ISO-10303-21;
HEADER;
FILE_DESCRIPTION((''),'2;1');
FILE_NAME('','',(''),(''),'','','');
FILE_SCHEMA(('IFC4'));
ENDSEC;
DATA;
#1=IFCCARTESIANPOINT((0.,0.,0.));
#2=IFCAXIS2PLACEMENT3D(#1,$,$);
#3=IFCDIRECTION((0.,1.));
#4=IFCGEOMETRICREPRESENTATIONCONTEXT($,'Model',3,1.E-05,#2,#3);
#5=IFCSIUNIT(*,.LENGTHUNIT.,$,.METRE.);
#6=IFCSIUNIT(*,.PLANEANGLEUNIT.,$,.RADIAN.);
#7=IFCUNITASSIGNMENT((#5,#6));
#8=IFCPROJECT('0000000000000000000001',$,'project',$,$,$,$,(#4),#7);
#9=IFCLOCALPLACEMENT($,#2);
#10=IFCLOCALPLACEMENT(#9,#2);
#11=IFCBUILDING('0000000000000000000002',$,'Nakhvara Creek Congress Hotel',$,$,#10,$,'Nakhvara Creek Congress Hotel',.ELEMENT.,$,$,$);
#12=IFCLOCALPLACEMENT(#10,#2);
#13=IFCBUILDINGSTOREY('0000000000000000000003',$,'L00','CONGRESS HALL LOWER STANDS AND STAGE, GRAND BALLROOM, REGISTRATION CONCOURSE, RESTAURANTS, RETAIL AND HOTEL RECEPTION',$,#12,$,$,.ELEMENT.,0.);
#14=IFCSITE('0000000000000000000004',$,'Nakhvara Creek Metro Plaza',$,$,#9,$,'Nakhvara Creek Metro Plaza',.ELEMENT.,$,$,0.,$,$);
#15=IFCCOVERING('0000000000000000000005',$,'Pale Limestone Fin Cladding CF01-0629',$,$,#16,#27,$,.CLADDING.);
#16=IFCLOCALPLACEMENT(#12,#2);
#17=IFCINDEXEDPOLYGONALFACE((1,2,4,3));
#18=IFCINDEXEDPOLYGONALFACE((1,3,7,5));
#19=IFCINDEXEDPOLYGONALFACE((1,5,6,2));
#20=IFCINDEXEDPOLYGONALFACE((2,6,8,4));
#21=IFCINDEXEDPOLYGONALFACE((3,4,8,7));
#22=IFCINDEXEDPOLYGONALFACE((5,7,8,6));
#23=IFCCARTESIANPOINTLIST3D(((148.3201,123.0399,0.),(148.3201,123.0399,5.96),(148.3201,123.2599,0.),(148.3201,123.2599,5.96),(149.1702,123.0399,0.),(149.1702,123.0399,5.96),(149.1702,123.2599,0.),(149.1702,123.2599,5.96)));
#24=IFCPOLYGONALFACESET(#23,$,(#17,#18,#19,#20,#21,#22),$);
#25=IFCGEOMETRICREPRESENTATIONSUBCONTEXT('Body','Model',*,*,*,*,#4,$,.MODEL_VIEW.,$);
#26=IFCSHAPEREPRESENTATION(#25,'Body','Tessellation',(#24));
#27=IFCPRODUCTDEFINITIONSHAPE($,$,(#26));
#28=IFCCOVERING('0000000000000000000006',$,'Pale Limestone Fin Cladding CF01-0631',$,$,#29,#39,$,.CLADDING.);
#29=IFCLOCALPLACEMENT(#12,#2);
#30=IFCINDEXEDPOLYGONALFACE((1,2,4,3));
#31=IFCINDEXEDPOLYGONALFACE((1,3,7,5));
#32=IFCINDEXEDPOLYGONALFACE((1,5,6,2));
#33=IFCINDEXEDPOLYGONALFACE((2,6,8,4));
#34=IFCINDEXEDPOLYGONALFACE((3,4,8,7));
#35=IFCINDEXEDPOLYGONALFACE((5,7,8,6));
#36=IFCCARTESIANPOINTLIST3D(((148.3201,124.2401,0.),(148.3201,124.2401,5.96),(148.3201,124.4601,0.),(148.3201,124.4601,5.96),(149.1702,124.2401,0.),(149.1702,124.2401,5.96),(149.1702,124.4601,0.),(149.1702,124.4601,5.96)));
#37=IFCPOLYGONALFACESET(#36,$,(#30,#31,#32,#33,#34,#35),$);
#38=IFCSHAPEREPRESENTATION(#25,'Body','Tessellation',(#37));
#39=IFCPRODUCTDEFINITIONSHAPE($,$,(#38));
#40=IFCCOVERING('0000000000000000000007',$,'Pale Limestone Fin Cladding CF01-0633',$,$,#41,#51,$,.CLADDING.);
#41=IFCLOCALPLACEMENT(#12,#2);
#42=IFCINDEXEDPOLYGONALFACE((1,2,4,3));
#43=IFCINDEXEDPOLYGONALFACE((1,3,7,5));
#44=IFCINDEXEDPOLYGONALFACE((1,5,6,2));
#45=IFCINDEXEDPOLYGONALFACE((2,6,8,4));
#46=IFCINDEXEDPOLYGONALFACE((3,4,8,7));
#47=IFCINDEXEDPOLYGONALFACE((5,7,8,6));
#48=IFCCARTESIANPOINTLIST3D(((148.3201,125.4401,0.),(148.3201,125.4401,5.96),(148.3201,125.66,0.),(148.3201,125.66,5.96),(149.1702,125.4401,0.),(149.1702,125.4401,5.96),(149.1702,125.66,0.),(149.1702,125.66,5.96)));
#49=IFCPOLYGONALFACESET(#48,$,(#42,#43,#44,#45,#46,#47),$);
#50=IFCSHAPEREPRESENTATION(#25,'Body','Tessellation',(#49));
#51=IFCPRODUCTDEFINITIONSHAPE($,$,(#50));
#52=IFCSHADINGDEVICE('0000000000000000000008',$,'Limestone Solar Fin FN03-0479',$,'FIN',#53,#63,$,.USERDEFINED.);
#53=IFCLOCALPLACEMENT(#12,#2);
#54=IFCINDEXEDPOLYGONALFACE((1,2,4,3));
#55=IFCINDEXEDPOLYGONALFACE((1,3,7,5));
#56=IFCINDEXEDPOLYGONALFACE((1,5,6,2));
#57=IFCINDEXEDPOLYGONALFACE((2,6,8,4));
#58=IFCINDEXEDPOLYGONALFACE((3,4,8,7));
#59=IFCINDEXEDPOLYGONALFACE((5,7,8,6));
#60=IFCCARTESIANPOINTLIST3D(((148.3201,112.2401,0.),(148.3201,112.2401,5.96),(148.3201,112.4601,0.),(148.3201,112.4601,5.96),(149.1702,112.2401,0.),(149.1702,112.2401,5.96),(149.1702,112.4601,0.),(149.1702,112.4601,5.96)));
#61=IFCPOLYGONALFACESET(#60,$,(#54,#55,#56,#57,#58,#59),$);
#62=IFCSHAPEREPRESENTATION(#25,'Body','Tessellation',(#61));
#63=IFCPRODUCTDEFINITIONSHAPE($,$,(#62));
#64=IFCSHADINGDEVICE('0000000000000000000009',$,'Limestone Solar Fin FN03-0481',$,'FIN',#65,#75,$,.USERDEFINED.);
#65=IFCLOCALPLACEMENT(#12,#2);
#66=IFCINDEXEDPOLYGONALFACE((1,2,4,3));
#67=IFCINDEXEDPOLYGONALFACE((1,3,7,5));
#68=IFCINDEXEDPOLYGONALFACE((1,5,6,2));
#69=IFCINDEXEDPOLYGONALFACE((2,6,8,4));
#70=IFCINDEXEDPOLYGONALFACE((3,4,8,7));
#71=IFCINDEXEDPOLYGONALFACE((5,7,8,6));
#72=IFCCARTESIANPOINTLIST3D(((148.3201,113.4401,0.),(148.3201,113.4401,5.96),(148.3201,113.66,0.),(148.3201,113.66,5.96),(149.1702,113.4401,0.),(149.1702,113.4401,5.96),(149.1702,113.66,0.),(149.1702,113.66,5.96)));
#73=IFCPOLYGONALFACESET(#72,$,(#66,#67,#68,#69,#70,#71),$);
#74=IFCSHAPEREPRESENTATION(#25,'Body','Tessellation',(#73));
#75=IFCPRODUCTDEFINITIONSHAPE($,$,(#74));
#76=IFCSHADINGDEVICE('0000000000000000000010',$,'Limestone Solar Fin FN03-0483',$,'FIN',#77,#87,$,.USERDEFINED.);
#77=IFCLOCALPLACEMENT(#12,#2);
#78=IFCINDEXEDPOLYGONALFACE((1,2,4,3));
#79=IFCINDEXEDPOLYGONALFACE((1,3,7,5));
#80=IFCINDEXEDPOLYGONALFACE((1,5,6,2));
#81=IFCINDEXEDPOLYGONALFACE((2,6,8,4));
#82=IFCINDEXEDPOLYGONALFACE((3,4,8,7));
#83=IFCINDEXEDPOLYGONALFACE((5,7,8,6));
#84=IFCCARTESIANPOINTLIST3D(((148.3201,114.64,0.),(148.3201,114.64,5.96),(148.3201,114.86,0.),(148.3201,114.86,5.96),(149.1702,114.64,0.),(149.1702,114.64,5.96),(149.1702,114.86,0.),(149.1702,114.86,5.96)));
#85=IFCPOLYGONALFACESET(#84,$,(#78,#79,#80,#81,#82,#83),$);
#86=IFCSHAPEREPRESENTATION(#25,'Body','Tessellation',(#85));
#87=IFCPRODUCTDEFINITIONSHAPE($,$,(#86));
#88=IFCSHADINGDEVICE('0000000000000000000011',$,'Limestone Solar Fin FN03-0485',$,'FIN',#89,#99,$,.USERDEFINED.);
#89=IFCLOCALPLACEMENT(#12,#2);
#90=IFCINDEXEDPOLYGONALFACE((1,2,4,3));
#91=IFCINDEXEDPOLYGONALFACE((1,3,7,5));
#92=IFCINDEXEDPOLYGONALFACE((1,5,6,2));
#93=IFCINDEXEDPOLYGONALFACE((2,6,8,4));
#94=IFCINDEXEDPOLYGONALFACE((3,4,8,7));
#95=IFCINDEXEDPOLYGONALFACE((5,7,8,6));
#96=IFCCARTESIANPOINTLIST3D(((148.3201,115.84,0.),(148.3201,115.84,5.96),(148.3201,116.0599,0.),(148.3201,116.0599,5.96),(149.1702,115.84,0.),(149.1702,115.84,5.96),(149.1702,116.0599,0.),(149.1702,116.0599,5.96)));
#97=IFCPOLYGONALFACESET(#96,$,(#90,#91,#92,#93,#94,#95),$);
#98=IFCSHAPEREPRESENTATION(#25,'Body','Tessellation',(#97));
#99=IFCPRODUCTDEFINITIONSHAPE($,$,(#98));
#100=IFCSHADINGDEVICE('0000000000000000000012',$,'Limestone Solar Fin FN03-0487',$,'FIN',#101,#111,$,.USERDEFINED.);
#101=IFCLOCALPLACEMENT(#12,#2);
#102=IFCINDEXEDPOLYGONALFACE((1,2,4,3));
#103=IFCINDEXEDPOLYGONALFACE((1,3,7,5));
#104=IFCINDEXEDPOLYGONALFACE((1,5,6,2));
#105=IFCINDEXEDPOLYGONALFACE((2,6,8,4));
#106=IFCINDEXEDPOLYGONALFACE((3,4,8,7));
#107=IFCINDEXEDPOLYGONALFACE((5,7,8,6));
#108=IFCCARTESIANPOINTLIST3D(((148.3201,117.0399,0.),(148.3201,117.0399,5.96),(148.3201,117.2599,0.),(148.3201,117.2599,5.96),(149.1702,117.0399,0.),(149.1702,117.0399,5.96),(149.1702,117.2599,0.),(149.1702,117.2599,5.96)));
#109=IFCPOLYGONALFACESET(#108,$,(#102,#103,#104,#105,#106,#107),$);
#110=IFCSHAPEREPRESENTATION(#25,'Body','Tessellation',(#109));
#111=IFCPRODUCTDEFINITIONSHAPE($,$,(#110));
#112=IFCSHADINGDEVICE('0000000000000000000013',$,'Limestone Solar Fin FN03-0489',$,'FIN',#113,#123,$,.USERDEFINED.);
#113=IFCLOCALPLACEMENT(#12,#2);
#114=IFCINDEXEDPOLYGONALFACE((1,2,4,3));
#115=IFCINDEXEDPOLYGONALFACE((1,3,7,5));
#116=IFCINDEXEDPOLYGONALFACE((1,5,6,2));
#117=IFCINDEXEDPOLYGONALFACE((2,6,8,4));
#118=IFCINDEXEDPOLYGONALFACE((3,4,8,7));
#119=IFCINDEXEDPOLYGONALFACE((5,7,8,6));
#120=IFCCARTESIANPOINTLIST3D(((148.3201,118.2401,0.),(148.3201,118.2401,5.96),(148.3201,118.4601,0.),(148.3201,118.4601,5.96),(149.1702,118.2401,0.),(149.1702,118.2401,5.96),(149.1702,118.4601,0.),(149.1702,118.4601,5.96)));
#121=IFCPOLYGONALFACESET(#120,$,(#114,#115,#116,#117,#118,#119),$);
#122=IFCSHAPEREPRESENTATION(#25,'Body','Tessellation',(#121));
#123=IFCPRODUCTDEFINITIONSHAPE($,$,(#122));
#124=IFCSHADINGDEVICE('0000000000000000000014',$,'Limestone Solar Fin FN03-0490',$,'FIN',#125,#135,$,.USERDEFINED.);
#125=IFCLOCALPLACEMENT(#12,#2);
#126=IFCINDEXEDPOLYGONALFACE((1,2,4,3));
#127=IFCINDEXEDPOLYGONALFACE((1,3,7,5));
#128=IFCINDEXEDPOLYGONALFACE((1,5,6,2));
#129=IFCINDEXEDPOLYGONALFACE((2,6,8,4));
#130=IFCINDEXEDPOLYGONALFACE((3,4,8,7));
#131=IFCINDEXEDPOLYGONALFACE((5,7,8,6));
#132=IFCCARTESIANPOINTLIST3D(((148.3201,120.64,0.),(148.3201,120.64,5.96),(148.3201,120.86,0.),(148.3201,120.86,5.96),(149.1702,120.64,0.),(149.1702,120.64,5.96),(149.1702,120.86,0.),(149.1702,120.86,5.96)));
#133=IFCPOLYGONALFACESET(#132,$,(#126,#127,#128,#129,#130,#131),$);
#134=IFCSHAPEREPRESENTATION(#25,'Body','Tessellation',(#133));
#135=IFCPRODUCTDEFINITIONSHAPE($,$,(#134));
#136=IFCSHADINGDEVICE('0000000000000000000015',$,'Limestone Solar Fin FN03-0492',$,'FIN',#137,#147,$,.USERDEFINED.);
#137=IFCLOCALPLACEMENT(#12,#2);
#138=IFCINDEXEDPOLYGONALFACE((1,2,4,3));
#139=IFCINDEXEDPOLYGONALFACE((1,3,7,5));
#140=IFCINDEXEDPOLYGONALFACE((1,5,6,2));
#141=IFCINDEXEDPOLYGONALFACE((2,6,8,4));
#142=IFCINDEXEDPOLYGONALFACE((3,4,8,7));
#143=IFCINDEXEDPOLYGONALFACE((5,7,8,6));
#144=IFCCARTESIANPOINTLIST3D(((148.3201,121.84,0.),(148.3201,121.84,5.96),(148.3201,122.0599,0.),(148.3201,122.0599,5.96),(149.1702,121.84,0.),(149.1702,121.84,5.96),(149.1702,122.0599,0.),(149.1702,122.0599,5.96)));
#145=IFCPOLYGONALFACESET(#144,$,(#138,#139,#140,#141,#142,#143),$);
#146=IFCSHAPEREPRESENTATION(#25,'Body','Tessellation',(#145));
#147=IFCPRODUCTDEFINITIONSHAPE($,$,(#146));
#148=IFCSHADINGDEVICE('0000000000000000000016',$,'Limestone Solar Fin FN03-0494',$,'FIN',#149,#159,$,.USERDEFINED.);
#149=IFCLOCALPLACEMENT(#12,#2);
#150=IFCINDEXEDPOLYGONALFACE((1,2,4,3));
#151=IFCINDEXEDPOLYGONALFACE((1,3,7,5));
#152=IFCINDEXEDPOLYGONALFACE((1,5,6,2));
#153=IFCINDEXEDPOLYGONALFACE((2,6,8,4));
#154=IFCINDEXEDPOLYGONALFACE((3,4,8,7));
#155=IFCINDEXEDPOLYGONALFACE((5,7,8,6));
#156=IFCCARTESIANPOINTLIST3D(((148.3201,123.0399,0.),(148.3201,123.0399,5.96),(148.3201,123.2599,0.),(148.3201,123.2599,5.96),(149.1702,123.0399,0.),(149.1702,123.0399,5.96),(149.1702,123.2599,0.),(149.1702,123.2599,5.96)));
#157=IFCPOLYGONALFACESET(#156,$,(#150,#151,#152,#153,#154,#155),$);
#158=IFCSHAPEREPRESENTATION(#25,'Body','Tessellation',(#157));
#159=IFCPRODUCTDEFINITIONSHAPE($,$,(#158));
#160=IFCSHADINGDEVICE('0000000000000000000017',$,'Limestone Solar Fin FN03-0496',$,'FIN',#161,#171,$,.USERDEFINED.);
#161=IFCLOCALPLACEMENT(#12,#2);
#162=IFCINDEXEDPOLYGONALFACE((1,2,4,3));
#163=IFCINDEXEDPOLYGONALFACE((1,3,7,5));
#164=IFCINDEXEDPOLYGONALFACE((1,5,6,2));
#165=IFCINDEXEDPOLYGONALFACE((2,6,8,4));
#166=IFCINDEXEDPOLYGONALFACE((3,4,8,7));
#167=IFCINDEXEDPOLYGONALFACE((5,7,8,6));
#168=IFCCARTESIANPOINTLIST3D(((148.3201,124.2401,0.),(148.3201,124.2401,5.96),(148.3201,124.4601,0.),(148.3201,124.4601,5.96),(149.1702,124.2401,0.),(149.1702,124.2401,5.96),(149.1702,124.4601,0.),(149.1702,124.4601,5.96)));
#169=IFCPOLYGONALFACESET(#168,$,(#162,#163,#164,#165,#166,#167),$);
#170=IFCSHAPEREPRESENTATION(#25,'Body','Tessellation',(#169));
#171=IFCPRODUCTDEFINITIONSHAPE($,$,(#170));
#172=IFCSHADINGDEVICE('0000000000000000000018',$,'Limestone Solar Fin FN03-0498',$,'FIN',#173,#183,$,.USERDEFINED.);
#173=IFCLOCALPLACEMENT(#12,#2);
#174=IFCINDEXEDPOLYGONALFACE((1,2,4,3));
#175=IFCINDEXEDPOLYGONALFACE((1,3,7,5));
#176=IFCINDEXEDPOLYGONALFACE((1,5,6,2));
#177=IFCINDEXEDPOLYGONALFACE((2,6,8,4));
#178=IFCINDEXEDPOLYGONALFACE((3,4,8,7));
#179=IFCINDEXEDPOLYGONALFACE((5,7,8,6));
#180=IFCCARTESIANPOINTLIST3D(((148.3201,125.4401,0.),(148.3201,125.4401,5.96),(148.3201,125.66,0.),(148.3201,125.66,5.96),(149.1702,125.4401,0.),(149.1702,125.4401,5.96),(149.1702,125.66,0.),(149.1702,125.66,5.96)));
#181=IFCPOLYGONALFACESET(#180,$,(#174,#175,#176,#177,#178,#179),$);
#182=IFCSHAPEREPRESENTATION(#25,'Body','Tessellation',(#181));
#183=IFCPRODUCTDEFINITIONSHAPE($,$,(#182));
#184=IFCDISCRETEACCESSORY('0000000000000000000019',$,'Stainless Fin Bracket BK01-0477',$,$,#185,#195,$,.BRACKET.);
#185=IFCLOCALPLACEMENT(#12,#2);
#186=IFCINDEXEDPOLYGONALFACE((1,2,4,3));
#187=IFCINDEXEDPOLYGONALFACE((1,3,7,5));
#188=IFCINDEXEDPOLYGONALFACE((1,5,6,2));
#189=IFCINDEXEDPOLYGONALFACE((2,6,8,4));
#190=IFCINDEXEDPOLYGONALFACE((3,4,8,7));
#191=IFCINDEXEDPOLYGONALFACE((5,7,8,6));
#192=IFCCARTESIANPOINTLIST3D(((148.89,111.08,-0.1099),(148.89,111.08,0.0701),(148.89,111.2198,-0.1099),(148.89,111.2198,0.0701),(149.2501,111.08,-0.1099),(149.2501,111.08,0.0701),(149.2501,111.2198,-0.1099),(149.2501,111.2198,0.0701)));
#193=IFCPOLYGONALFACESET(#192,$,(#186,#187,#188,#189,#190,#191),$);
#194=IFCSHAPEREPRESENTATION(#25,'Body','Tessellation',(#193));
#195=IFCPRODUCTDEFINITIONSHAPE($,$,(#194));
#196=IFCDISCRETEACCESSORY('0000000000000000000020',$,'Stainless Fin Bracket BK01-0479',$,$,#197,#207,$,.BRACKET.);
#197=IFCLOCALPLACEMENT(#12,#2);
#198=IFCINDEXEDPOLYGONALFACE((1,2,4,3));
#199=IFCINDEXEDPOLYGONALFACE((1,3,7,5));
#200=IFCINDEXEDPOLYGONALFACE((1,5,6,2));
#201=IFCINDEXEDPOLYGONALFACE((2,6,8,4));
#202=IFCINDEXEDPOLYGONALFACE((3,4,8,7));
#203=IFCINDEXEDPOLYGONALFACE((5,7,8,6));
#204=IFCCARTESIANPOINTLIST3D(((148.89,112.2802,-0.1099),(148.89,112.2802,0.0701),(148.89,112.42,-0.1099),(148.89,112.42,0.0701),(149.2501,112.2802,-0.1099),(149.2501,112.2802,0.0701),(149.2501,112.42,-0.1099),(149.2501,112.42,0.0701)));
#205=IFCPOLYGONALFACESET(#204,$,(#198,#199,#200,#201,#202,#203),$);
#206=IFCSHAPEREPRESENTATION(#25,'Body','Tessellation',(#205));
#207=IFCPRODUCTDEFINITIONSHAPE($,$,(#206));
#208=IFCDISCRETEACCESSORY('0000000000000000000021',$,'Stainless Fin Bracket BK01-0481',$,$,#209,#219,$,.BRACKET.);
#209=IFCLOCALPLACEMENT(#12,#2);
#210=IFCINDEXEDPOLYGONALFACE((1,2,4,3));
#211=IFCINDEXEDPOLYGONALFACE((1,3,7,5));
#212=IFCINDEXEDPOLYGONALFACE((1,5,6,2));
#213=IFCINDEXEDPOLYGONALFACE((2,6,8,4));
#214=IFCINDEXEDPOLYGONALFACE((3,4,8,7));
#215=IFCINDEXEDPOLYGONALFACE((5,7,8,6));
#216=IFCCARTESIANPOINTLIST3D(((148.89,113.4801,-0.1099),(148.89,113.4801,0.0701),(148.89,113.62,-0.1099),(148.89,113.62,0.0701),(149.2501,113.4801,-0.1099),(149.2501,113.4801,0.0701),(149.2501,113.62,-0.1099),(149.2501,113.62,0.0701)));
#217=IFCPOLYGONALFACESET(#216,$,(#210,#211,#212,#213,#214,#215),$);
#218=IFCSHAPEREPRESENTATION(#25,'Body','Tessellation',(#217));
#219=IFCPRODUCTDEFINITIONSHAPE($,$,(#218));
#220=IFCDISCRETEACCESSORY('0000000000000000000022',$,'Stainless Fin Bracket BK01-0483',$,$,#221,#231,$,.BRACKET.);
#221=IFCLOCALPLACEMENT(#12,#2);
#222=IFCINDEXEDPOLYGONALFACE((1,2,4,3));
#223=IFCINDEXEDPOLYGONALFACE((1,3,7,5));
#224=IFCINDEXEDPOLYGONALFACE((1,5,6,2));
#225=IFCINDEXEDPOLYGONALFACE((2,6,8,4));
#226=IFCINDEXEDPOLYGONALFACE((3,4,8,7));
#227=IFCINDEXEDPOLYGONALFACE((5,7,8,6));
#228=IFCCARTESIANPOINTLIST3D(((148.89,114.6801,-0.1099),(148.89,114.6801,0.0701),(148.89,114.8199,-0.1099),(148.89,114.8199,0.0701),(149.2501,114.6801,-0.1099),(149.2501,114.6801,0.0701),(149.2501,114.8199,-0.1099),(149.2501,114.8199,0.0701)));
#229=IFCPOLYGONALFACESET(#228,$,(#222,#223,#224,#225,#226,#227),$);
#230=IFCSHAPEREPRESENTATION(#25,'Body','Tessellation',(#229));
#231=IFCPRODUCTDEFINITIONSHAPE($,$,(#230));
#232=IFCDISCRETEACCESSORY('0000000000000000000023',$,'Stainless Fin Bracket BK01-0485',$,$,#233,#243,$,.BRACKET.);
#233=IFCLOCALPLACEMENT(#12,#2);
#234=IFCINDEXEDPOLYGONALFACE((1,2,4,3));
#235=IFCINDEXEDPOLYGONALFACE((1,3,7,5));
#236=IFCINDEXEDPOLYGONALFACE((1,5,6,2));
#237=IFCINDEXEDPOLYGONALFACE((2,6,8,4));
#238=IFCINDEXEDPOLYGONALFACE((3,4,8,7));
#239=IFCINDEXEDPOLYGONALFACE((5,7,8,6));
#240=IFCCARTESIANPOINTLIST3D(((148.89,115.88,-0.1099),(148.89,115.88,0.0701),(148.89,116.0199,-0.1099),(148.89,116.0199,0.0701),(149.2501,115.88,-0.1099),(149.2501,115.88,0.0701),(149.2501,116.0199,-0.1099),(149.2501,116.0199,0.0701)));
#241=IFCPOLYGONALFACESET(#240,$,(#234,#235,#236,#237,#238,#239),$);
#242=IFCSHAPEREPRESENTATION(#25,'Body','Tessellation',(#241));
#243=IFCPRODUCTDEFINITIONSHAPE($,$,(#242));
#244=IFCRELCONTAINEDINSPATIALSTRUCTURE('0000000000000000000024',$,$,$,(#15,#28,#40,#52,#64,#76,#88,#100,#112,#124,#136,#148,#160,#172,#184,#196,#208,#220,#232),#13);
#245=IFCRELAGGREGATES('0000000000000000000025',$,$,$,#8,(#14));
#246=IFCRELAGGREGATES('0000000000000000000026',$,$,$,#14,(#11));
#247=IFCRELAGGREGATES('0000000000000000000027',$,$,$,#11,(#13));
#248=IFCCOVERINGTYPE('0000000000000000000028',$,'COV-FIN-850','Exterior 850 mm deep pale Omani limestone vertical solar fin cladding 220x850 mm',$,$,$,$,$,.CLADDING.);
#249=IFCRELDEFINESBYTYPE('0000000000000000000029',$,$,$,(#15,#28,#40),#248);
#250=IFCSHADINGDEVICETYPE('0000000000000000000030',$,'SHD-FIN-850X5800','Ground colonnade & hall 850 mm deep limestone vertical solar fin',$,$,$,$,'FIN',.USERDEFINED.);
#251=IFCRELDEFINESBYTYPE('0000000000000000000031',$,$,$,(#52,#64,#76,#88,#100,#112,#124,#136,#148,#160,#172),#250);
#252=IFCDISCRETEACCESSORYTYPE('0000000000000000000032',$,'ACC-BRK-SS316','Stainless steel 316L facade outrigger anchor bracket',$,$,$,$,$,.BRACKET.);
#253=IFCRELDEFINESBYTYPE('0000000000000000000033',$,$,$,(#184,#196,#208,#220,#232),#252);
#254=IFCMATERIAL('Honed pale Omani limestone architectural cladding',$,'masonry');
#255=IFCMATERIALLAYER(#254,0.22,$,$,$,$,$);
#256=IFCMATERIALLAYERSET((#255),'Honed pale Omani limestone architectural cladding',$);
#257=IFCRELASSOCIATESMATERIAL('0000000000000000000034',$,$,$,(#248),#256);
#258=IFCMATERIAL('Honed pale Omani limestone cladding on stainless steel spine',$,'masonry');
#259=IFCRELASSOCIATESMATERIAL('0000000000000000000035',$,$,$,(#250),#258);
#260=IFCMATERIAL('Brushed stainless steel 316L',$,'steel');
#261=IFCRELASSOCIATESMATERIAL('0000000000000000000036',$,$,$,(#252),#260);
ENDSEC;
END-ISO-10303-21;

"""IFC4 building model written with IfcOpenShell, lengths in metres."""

from ifc_helpers import new_model, si_unit, direction, frame, origin, origin_2d, place, context, subcontext, project, spatial, rectangle, extrude, material, layer, layer_set, type_object, element, save


model = new_model("IFC4")

# Units and contexts
model_context = context("Model", 3, precision=1e-05, world=origin(), true_north=direction((0.0, 1.0)))
body_context = subcontext(model_context, "Body", "Model", "MODEL_VIEW")
ifc_project = project(units=[si_unit("LENGTHUNIT", "METRE"), si_unit("PLANEANGLEUNIT", "RADIAN")], contexts=[model_context])

# Site, building, storey
site_placement = place(None, origin())
site = spatial("IfcSite", under=ifc_project, at=site_placement, Name="Nakhvara Creek Metro Plaza", LongName="Nakhvara Creek Metro Plaza", CompositionType="ELEMENT", RefElevation=0.0)
building_placement = place(site_placement, origin())
building = spatial("IfcBuilding", under=site, at=building_placement, Name="Nakhvara Creek Congress Hotel", LongName="Nakhvara Creek Congress Hotel", CompositionType="ELEMENT")
storey_placement = place(building_placement, origin())
storey = spatial("IfcBuildingStorey", under=building, at=storey_placement, Name="L00", Description="CONGRESS HALL LOWER STANDS AND STAGE, GRAND BALLROOM, REGISTRATION CONCOURSE, RESTAURANTS, RETAIL AND HOTEL RECEPTION", CompositionType="ELEMENT", Elevation=0.0)

# Coverings
ifc_material_1 = material(Name="Honed pale Omani limestone architectural cladding", Category="masonry")
ifc_layer_1 = layer(ifc_material_1, 0.22)
ifc_layer_set_1 = layer_set([ifc_layer_1], Name="Honed pale Omani limestone architectural cladding")
covering_type = type_object("IfcCoveringType", Name="COV-FIN-850", Description="Exterior 850 mm deep pale Omani limestone vertical solar fin cladding 220x850 mm", PredefinedType="CLADDING", material=ifc_layer_set_1)
for number, where, z_axis, x_axis, name in (
    (1, (148.7451, 123.1499, 0.0), (0.0, 0.0, 1.0), (0.0, 1.0, 0.0), "Pale Limestone Fin Cladding CF01-0629"),
    (2, (148.7451, 124.3501, 0.0), (0.0, 0.0, 1.0), (0.0, 1.0, 0.0), "Pale Limestone Fin Cladding CF01-0631"),
    (3, (148.7451, 125.55, 0.0), (0.0, 0.0, 1.0), (0.0, 1.0, 0.0), "Pale Limestone Fin Cladding CF01-0633"),
):
    element("IfcCovering", number, at=place(storey_placement, frame(where, z_axis=z_axis, x_axis=x_axis)), inside=storey, type_object=covering_type, Name=name, PredefinedType="CLADDING", context=body_context, shape_type="SweptSolid", body=[
        extrude(rectangle(XDim=0.22, YDim=0.8501, at=origin_2d()), origin(), (0.0, 0.0, 1.0), 5.96),
    ])

# Shading devices
ifc_material_2 = material(Name="Honed pale Omani limestone cladding on stainless steel spine", Category="masonry")
shading_device_type = type_object("IfcShadingDeviceType", Name="SHD-FIN-850X5800", Description="Ground colonnade & hall 850 mm deep limestone vertical solar fin", ElementType="FIN", PredefinedType="USERDEFINED", material=ifc_material_2)
for number, where, z_axis, x_axis, name in (
    (4, (148.7451, 112.3501, 0.0), (0.0, 0.0, 1.0), (0.0, 1.0, 0.0), "Limestone Solar Fin FN03-0479"),
    (5, (148.7451, 113.55, 0.0), (0.0, 0.0, 1.0), (0.0, 1.0, 0.0), "Limestone Solar Fin FN03-0481"),
    (6, (148.7451, 114.75, 0.0), (0.0, 0.0, 1.0), (0.0, 1.0, 0.0), "Limestone Solar Fin FN03-0483"),
    (7, (148.7451, 115.95, 0.0), (0.0, 0.0, 1.0), (0.0, 1.0, 0.0), "Limestone Solar Fin FN03-0485"),
    (8, (148.7451, 117.1499, 0.0), (0.0, 0.0, 1.0), (0.0, 1.0, 0.0), "Limestone Solar Fin FN03-0487"),
    (9, (148.7451, 118.3501, 0.0), (0.0, 0.0, 1.0), (0.0, 1.0, 0.0), "Limestone Solar Fin FN03-0489"),
    (10, (148.7451, 120.75, 0.0), (0.0, 0.0, 1.0), (0.0, 1.0, 0.0), "Limestone Solar Fin FN03-0490"),
    (11, (148.7451, 121.95, 0.0), (0.0, 0.0, 1.0), (0.0, 1.0, 0.0), "Limestone Solar Fin FN03-0492"),
    (12, (148.7451, 123.1499, 0.0), (0.0, 0.0, 1.0), (0.0, 1.0, 0.0), "Limestone Solar Fin FN03-0494"),
    (13, (148.7451, 124.3501, 0.0), (0.0, 0.0, 1.0), (0.0, 1.0, 0.0), "Limestone Solar Fin FN03-0496"),
    (14, (148.7451, 125.55, 0.0), (0.0, 0.0, 1.0), (0.0, 1.0, 0.0), "Limestone Solar Fin FN03-0498"),
):
    element("IfcShadingDevice", number, at=place(storey_placement, frame(where, z_axis=z_axis, x_axis=x_axis)), inside=storey, type_object=shading_device_type, Name=name, ObjectType="FIN", PredefinedType="USERDEFINED", context=body_context, shape_type="SweptSolid", body=[
        extrude(rectangle(XDim=0.22, YDim=0.8501, at=origin_2d()), origin(), (0.0, 0.0, 1.0), 5.96),
    ])

# Discrete accessories
ifc_material_3 = material(Name="Brushed stainless steel 316L", Category="steel")
discrete_accessory_type = type_object("IfcDiscreteAccessoryType", Name="ACC-BRK-SS316", Description="Stainless steel 316L facade outrigger anchor bracket", PredefinedType="BRACKET", material=ifc_material_3)
for number, where, z_axis, x_axis, name in (
    (15, (149.0701, 111.1499, -0.1099), (0.0, 0.0, 1.0), (0.0, 1.0, 0.0), "Stainless Fin Bracket BK01-0477"),
    (16, (149.0701, 112.3501, -0.1099), (0.0, 0.0, 1.0), (0.0, 1.0, 0.0), "Stainless Fin Bracket BK01-0479"),
    (17, (149.0701, 113.55, -0.1099), (0.0, 0.0, 1.0), (0.0, 1.0, 0.0), "Stainless Fin Bracket BK01-0481"),
    (18, (149.0701, 114.75, -0.1099), (0.0, 0.0, 1.0), (0.0, 1.0, 0.0), "Stainless Fin Bracket BK01-0483"),
    (19, (149.0701, 115.95, -0.1099), (0.0, 0.0, 1.0), (0.0, 1.0, 0.0), "Stainless Fin Bracket BK01-0485"),
):
    element("IfcDiscreteAccessory", number, at=place(storey_placement, frame(where, z_axis=z_axis, x_axis=x_axis)), inside=storey, type_object=discrete_accessory_type, Name=name, PredefinedType="BRACKET", context=body_context, shape_type="SweptSolid", body=[
        extrude(rectangle(XDim=0.1399, YDim=0.3601, at=origin_2d()), origin(), (0.0, 0.0, 1.0), 0.1799),
    ])

save(model, "model.ifc")
